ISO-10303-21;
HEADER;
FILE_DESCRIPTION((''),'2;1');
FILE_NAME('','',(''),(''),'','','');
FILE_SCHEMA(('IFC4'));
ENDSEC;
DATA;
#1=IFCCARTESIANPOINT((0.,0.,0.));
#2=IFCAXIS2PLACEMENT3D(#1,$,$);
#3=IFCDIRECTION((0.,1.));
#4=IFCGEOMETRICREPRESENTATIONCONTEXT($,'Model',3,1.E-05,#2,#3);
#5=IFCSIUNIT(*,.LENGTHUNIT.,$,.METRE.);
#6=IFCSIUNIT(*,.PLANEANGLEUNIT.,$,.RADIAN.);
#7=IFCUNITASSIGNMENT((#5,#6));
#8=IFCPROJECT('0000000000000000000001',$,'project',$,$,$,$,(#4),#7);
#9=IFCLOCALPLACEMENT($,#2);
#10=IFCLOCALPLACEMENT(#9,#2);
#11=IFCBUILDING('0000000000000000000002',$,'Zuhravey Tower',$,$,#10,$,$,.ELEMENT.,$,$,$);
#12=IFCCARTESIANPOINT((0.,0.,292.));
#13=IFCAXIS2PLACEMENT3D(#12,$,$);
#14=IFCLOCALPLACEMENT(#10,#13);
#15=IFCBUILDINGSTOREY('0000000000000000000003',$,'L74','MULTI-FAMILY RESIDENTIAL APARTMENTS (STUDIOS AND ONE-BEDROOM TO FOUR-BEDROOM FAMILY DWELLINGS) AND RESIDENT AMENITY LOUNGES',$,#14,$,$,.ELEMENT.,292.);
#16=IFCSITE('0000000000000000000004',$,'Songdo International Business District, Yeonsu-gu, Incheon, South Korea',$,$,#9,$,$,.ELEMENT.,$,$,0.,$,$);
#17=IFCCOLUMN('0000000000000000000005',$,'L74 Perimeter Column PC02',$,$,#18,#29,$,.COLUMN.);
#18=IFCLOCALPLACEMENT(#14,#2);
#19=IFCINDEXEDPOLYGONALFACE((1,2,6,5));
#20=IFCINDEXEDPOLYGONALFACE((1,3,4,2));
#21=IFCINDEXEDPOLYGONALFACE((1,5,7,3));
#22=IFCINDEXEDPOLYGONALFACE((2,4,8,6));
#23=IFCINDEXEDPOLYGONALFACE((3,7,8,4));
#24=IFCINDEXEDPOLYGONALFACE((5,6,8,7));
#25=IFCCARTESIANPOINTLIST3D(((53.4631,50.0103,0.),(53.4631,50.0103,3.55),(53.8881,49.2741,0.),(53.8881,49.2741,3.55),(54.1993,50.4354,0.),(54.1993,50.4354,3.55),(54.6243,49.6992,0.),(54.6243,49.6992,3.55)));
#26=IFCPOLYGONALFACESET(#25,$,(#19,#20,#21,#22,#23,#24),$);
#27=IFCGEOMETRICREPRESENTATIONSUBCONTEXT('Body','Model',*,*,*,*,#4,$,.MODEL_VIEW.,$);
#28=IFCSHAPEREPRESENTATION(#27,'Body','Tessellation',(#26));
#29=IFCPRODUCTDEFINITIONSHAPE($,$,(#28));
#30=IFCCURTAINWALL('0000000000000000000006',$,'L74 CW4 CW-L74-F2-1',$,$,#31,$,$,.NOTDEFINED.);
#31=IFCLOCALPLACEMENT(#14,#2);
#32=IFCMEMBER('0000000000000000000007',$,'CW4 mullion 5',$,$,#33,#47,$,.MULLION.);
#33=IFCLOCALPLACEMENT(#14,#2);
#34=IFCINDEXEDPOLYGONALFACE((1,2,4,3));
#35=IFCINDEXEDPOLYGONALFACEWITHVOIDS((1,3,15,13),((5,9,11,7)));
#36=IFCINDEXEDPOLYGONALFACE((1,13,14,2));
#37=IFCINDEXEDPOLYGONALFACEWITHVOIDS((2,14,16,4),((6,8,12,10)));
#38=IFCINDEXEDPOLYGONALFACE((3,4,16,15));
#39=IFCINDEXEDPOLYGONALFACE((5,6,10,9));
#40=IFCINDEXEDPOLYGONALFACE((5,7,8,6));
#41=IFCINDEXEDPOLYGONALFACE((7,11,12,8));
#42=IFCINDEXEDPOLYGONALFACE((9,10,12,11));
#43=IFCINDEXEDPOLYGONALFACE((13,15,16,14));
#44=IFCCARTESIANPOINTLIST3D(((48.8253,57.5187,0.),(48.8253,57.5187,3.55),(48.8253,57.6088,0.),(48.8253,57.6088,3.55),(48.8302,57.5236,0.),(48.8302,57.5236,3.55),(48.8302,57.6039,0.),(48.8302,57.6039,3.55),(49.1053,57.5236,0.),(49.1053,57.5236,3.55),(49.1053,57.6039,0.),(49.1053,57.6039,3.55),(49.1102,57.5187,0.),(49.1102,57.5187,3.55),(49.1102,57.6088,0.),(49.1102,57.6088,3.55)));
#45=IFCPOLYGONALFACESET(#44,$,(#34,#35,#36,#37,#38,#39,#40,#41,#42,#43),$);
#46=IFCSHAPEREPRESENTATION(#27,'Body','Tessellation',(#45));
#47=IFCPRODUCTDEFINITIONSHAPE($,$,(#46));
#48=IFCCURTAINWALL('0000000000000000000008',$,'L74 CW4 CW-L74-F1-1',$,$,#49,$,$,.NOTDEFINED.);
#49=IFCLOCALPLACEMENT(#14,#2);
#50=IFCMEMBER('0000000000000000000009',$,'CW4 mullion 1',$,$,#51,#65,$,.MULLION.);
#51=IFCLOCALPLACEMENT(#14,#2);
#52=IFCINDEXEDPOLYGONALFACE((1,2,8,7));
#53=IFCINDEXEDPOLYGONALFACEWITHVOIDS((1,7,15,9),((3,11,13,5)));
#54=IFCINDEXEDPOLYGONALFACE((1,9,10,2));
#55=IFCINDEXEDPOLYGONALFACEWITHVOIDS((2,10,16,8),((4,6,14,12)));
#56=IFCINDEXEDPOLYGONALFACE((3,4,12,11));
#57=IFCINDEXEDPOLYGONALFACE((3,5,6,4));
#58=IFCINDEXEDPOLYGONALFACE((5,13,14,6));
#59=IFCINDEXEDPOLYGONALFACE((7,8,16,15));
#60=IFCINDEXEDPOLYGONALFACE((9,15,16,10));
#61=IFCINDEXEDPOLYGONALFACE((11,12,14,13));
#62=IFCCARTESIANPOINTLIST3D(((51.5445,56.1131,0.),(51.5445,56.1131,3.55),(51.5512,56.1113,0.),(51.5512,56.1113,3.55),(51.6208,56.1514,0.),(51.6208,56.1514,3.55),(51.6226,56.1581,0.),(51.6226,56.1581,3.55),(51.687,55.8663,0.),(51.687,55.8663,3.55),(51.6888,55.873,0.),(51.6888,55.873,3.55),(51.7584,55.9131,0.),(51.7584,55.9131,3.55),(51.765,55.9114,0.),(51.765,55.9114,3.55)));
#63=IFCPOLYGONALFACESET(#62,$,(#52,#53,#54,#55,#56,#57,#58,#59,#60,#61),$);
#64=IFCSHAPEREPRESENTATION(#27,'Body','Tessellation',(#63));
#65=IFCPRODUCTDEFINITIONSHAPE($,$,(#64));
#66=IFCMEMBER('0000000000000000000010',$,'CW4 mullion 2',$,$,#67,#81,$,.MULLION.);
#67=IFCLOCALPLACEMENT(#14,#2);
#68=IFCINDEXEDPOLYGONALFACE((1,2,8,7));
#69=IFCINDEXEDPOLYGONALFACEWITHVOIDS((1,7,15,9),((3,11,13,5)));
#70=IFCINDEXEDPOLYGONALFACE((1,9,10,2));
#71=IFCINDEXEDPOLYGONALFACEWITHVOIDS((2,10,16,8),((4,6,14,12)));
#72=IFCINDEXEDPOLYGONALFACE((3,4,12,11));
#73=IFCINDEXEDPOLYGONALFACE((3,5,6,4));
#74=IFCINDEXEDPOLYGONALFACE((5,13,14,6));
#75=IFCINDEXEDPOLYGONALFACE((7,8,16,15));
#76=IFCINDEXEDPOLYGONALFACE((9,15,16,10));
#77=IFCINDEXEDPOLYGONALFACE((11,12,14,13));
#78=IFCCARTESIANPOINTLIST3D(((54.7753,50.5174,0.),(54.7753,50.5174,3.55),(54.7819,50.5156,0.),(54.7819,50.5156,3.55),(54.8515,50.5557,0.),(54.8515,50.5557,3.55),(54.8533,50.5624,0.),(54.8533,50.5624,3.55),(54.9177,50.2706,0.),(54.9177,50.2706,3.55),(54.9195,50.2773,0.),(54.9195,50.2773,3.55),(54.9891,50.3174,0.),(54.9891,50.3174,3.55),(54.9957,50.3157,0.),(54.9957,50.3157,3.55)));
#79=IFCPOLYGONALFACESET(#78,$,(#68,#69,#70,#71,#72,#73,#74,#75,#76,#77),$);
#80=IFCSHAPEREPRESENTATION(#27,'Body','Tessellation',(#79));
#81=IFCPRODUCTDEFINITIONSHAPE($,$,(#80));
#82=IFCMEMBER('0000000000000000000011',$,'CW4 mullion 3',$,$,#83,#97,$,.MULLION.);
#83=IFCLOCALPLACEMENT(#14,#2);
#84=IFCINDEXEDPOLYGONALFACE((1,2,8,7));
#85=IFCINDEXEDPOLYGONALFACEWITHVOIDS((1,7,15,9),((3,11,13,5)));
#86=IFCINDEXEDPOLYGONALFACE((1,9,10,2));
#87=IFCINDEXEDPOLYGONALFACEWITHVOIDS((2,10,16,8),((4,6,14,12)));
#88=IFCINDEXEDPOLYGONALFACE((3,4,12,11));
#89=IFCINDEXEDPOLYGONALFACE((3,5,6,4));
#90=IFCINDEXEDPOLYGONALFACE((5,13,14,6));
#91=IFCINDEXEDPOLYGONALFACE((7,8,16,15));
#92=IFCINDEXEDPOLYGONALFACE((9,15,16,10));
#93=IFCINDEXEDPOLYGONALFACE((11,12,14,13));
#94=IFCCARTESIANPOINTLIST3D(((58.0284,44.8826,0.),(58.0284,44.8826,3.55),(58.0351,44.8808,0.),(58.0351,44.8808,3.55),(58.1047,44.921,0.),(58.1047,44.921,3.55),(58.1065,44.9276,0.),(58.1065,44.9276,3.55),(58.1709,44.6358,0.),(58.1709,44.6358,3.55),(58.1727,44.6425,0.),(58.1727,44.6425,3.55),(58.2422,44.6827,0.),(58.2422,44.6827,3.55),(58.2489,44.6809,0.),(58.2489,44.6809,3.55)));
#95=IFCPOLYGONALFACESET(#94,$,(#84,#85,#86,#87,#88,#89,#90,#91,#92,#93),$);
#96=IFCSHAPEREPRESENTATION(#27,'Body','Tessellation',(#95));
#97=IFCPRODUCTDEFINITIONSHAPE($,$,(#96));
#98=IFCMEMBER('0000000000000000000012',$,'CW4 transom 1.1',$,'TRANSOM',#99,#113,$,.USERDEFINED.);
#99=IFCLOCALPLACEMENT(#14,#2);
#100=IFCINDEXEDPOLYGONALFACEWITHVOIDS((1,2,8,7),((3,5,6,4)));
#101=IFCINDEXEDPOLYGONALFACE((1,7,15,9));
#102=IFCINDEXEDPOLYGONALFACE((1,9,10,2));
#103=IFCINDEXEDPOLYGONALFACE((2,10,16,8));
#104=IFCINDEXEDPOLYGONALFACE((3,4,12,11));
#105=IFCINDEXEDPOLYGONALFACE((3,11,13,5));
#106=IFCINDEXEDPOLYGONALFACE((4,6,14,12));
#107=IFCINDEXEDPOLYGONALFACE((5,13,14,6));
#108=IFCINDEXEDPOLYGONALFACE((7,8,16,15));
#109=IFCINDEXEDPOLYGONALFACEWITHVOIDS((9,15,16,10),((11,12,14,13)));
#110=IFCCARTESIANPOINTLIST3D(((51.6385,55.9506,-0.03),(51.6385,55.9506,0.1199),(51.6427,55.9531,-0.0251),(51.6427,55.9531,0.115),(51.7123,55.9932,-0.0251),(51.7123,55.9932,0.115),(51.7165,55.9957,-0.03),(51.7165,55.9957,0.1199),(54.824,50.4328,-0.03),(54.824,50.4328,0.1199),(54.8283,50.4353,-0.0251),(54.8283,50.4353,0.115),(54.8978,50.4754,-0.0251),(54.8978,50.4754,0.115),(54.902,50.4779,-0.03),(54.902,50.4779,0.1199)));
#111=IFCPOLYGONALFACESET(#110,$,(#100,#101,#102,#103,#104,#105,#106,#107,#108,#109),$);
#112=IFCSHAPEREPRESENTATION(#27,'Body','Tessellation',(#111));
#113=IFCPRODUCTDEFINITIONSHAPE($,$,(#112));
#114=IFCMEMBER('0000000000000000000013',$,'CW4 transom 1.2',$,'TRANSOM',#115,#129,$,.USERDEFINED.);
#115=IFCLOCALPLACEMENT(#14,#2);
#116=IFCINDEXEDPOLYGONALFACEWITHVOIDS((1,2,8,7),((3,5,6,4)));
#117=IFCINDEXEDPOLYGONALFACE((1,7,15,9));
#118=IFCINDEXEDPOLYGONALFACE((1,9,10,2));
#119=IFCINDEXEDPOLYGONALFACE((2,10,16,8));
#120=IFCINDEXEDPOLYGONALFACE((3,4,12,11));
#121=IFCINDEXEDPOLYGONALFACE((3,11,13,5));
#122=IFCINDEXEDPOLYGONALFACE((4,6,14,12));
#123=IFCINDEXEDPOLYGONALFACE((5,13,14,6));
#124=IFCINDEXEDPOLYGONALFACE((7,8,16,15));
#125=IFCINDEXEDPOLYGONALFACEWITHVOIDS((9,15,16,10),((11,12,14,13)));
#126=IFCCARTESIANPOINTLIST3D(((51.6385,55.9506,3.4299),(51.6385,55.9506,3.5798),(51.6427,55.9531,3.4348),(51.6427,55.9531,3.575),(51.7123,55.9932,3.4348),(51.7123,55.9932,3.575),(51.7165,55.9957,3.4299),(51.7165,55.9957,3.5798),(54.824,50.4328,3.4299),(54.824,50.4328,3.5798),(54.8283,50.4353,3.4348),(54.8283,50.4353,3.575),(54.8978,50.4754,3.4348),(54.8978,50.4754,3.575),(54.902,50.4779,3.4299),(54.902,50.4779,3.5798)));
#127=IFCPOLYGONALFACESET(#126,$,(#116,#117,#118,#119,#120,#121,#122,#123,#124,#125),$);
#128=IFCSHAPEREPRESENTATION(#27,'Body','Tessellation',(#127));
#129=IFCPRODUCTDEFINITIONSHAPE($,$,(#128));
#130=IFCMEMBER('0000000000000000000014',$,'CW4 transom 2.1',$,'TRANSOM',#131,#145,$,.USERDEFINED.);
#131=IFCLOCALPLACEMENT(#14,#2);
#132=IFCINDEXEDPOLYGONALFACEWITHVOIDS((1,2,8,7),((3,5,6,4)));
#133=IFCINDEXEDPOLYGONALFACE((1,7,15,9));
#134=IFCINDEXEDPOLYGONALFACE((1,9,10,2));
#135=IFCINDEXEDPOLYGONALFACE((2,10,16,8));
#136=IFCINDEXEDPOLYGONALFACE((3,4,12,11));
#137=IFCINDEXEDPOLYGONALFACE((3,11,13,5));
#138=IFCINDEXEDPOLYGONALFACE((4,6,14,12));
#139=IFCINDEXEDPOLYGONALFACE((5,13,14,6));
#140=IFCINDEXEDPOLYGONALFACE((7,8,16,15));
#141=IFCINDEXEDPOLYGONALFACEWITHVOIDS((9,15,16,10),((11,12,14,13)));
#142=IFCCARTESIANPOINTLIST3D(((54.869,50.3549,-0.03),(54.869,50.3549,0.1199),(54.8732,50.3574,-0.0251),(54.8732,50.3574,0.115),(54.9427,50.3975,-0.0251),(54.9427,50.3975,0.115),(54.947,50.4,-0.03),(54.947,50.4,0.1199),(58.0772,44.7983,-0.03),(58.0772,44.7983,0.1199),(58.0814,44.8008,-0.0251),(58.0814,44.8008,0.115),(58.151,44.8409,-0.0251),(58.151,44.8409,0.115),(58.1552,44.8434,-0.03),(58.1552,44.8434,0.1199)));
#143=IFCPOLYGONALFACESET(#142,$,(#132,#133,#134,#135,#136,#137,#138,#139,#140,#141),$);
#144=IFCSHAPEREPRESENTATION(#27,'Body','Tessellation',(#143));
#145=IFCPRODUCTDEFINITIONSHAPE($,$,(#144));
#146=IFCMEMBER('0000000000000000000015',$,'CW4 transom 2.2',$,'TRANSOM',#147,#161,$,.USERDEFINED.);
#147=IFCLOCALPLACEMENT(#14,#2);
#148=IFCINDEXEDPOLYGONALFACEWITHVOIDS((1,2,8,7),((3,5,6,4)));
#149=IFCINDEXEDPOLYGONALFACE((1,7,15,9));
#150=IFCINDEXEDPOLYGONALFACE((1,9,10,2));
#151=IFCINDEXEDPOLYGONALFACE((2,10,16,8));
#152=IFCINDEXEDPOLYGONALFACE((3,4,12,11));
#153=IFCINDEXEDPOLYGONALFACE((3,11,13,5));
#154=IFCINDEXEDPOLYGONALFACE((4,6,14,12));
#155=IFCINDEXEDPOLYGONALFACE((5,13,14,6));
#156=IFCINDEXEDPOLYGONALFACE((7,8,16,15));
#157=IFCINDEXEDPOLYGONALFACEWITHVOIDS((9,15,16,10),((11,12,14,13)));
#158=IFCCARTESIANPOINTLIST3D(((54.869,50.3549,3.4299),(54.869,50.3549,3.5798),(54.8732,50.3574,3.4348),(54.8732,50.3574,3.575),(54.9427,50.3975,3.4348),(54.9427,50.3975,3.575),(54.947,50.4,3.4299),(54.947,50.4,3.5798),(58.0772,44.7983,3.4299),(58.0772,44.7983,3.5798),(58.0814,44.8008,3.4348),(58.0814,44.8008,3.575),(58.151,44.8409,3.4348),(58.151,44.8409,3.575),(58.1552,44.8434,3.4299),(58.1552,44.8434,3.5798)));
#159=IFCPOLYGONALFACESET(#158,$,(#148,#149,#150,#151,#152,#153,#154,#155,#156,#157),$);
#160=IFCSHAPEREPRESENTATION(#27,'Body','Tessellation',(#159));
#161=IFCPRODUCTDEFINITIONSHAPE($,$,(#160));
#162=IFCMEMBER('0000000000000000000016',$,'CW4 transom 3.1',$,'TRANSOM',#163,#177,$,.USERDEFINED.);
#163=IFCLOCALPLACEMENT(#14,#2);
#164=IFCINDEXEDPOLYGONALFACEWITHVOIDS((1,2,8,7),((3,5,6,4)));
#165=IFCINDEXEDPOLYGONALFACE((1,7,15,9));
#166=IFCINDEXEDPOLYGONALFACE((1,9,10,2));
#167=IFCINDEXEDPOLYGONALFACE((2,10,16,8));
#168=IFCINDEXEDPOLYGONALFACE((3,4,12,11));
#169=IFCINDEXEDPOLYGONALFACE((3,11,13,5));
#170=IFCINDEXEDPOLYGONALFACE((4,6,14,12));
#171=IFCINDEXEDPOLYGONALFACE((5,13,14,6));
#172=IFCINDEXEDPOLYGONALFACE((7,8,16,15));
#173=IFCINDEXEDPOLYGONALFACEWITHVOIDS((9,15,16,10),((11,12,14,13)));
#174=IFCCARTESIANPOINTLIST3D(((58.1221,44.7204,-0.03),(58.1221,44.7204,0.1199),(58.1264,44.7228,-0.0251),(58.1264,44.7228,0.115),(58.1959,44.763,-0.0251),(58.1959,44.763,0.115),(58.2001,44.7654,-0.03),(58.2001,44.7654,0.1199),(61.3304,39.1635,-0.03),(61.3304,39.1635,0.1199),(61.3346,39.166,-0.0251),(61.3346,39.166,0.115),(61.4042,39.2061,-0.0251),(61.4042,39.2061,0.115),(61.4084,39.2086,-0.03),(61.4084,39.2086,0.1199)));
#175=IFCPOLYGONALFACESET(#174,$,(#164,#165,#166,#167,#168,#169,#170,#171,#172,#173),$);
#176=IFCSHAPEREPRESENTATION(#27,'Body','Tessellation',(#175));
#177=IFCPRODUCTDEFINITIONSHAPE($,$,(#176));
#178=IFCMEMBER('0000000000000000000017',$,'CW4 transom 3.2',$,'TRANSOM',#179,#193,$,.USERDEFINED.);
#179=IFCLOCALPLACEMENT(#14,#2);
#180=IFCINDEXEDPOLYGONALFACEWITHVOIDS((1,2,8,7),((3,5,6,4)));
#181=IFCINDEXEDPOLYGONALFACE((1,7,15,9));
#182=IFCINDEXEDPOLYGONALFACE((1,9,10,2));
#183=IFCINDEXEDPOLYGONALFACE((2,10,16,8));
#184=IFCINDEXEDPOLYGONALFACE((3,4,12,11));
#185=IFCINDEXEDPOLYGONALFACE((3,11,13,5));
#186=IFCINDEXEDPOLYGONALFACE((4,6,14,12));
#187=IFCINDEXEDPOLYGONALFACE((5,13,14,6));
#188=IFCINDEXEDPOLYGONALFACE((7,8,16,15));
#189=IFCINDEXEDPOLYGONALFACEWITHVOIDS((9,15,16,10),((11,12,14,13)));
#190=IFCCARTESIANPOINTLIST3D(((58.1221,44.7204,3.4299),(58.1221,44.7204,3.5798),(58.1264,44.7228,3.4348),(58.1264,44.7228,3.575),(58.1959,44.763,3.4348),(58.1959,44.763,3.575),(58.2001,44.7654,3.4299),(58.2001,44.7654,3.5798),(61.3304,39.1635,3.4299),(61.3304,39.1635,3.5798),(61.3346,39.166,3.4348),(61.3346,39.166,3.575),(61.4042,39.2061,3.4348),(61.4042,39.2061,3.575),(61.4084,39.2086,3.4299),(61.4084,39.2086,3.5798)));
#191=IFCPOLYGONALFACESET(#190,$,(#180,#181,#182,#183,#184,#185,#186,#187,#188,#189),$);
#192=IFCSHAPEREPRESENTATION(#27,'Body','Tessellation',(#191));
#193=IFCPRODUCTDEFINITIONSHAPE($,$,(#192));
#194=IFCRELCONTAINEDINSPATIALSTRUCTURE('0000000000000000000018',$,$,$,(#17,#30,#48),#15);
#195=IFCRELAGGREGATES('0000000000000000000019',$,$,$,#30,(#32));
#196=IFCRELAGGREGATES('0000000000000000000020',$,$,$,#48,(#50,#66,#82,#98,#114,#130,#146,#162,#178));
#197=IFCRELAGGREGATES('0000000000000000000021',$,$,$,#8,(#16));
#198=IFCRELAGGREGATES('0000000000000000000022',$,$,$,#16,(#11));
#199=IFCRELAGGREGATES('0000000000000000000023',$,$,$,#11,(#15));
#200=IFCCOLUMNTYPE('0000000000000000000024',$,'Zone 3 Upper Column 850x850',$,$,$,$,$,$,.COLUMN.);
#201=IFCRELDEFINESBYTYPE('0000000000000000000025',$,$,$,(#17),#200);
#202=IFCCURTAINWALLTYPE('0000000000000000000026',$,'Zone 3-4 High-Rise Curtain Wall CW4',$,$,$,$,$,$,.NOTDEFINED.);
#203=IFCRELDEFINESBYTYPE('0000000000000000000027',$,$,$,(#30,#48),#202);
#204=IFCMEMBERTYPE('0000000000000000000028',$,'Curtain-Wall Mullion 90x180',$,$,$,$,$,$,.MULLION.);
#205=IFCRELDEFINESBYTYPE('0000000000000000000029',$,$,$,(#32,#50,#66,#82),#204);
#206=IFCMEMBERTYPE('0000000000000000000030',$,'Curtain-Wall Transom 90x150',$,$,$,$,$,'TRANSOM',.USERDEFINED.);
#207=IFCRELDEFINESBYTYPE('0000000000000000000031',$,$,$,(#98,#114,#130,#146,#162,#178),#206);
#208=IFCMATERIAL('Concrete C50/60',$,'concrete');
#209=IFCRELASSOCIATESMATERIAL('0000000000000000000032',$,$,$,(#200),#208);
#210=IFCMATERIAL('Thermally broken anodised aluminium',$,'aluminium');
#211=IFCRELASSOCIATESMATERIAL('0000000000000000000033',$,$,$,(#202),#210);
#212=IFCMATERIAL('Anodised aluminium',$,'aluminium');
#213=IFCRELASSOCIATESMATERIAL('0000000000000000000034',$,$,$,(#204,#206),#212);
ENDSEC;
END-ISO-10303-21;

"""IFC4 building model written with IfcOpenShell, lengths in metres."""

from ifc_helpers import new_model, si_unit, direction, frame, origin, origin_2d, place, context, subcontext, project, spatial, rectangle, hollow_rectangle, extrude, material, material_profile, profile_set, type_object, element, aggregate, save


model = new_model("IFC4")

# Units and contexts
model_context = context("Model", 3, precision=1e-05, world=origin(), true_north=direction((0.0, 1.0)))
body_context = subcontext(model_context, "Body", "Model", "MODEL_VIEW")
ifc_project = project(units=[si_unit("LENGTHUNIT", "METRE"), si_unit("PLANEANGLEUNIT", "RADIAN")], contexts=[model_context])

# Site, building, storey
site_placement = place(None, origin())
site = spatial("IfcSite", under=ifc_project, at=site_placement, Name="Songdo International Business District, Yeonsu-gu, Incheon, South Korea", CompositionType="ELEMENT", RefElevation=0.0)
building_placement = place(site_placement, origin())
building = spatial("IfcBuilding", under=site, at=building_placement, Name="Zuhravey Tower", CompositionType="ELEMENT")
storey_placement = place(building_placement, frame((0.0, 0.0, 292.0)))
storey = spatial("IfcBuildingStorey", under=building, at=storey_placement, Name="L74", Description="MULTI-FAMILY RESIDENTIAL APARTMENTS (STUDIOS AND ONE-BEDROOM TO FOUR-BEDROOM FAMILY DWELLINGS) AND RESIDENT AMENITY LOUNGES", CompositionType="ELEMENT", Elevation=292.0)

# Column
ifc_material_1 = material(Name="Concrete C50/60", Category="concrete")
ifc_material_profile_1 = material_profile(ifc_material_1, rectangle(XDim=0.8501, YDim=0.8501, at=origin_2d()), Name="RC-850x850")
ifc_profile_set_1 = profile_set([ifc_material_profile_1], Name="Concrete C50/60")
column_type = type_object("IfcColumnType", Name="Zone 3 Upper Column 850x850", PredefinedType="COLUMN", material=ifc_profile_set_1)
column_placement = place(storey_placement, frame((54.0437, 49.8547, 0.0), z_axis=(0.0, 0.0, 1.0), x_axis=(-0.5, 0.866025, 0.0)))
element("IfcColumn", 1, at=column_placement, inside=storey, type_object=column_type, Name="L74 Perimeter Column PC02", PredefinedType="COLUMN", context=body_context, shape_type="SweptSolid", body=[
    extrude(rectangle(XDim=0.8501, YDim=0.8501, at=origin_2d()), origin(), (0.0, 0.0, 1.0), 3.55),
])

# Curtain wall, member
ifc_material_2 = material(Name="Thermally broken anodised aluminium", Category="aluminium")
curtain_wall_type = type_object("IfcCurtainWallType", Name="Zone 3-4 High-Rise Curtain Wall CW4", PredefinedType="NOTDEFINED", material=ifc_material_2)
curtain_wall_1_placement = place(storey_placement, origin())
curtain_wall_1 = element("IfcCurtainWall", 2, at=curtain_wall_1_placement, inside=storey, type_object=curtain_wall_type, Name="L74 CW4 CW-L74-F2-1", PredefinedType="NOTDEFINED")
ifc_material_3 = material(Name="Anodised aluminium", Category="aluminium")
ifc_material_profile_2 = material_profile(ifc_material_3, hollow_rectangle(XDim=0.0901, YDim=0.2849, WallThickness=0.0049, at=origin_2d()), Name="ALU-RHS-90x285x5")
ifc_profile_set_2 = profile_set([ifc_material_profile_2], Name="Anodised aluminium")
member_type_1 = type_object("IfcMemberType", Name="Curtain-Wall Mullion 90x180", PredefinedType="MULLION", material=ifc_profile_set_2)
member_1_placement = place(storey_placement, frame((48.9678, 57.5637, 0.0), z_axis=(0.0, 0.0, 1.0), x_axis=(0.0, 1.0, 0.0)))
member_1 = element("IfcMember", 3, at=member_1_placement, type_object=member_type_1, Name="CW4 mullion 5", PredefinedType="MULLION", context=body_context, shape_type="SweptSolid", body=[
    extrude(hollow_rectangle(XDim=0.0901, YDim=0.2849, WallThickness=0.0049, at=origin_2d()), origin(), (0.0, 0.0, 1.0), 3.55),
])
aggregate(curtain_wall_1, [member_1])

# Curtain wall, members
curtain_wall_2_placement = place(storey_placement, origin())
curtain_wall_2 = element("IfcCurtainWall", 4, at=curtain_wall_2_placement, inside=storey, type_object=curtain_wall_type, Name="L74 CW4 CW-L74-F1-1", PredefinedType="NOTDEFINED")
member_2_placement = place(storey_placement, frame((51.6548, 56.0122, 0.0), z_axis=(0.0, 0.0, 1.0), x_axis=(0.866025, 0.500001, 0.0)))
member_2 = element("IfcMember", 5, at=member_2_placement, type_object=member_type_1, Name="CW4 mullion 1", PredefinedType="MULLION", context=body_context, shape_type="SweptSolid", body=[
    extrude(hollow_rectangle(XDim=0.0901, YDim=0.2849, WallThickness=0.0049, at=origin_2d()), origin(), (0.0, 0.0, 1.0), 3.55),
])
member_3_placement = place(storey_placement, frame((54.8855, 50.4165, 0.0), z_axis=(0.0, 0.0, 1.0), x_axis=(0.866025, 0.500001, 0.0)))
member_3 = element("IfcMember", 6, at=member_3_placement, type_object=member_type_1, Name="CW4 mullion 2", PredefinedType="MULLION", context=body_context, shape_type="SweptSolid", body=[
    extrude(hollow_rectangle(XDim=0.0901, YDim=0.2849, WallThickness=0.0049, at=origin_2d()), origin(), (0.0, 0.0, 1.0), 3.55),
])
member_4_placement = place(storey_placement, frame((58.1387, 44.7817, 0.0), z_axis=(0.0, 0.0, 1.0), x_axis=(0.866025, 0.500001, 0.0)))
member_4 = element("IfcMember", 7, at=member_4_placement, type_object=member_type_1, Name="CW4 mullion 3", PredefinedType="MULLION", context=body_context, shape_type="SweptSolid", body=[
    extrude(hollow_rectangle(XDim=0.0901, YDim=0.2849, WallThickness=0.0049, at=origin_2d()), origin(), (0.0, 0.0, 1.0), 3.55),
])
ifc_material_profile_3 = material_profile(ifc_material_3, hollow_rectangle(XDim=0.0901, YDim=0.1499, WallThickness=0.0049, at=origin_2d()), Name="ALU-RHS-90x150x5")
ifc_profile_set_3 = profile_set([ifc_material_profile_3], Name="Anodised aluminium")
member_type_2 = type_object("IfcMemberType", Name="Curtain-Wall Transom 90x150", ElementType="TRANSOM", PredefinedType="USERDEFINED", material=ifc_profile_set_3)
member_5_placement = place(storey_placement, frame((51.6775, 55.9731, 0.0449), z_axis=(0.49998, -0.866037, 0.0), x_axis=(0.866037, 0.49998, 0.0)))
member_5 = element("IfcMember", 8, at=member_5_placement, type_object=member_type_2, Name="CW4 transom 1.1", ObjectType="TRANSOM", PredefinedType="USERDEFINED", context=body_context, shape_type="SweptSolid", body=[
    extrude(hollow_rectangle(XDim=0.0901, YDim=0.1499, WallThickness=0.0049, at=origin_2d()), origin(), (0.0, 0.0, 1.0), 6.3713),
])
member_6_placement = place(storey_placement, frame((51.6775, 55.9731, 3.5049), z_axis=(0.49998, -0.866037, 0.0), x_axis=(0.866037, 0.49998, 0.0)))
member_6 = element("IfcMember", 9, at=member_6_placement, type_object=member_type_2, Name="CW4 transom 1.2", ObjectType="TRANSOM", PredefinedType="USERDEFINED", context=body_context, shape_type="SweptSolid", body=[
    extrude(hollow_rectangle(XDim=0.0901, YDim=0.1499, WallThickness=0.0049, at=origin_2d()), origin(), (0.0, 0.0, 1.0), 6.3713),
])
member_7_placement = place(storey_placement, frame((54.908, 50.3774, 0.0449), z_axis=(0.500014, -0.866017, 0.0), x_axis=(0.866017, 0.500014, 0.0)))
member_7 = element("IfcMember", 10, at=member_7_placement, type_object=member_type_2, Name="CW4 transom 2.1", ObjectType="TRANSOM", PredefinedType="USERDEFINED", context=body_context, shape_type="SweptSolid", body=[
    extrude(hollow_rectangle(XDim=0.0901, YDim=0.1499, WallThickness=0.0049, at=origin_2d()), origin(), (0.0, 0.0, 1.0), 6.4163),
])
member_8_placement = place(storey_placement, frame((54.908, 50.3774, 3.5049), z_axis=(0.500014, -0.866017, 0.0), x_axis=(0.866017, 0.500014, 0.0)))
member_8 = element("IfcMember", 11, at=member_8_placement, type_object=member_type_2, Name="CW4 transom 2.2", ObjectType="TRANSOM", PredefinedType="USERDEFINED", context=body_context, shape_type="SweptSolid", body=[
    extrude(hollow_rectangle(XDim=0.0901, YDim=0.1499, WallThickness=0.0049, at=origin_2d()), origin(), (0.0, 0.0, 1.0), 6.4163),
])
member_9_placement = place(storey_placement, frame((58.1611, 44.7429, 0.0449), z_axis=(0.499998, -0.866027, 0.0), x_axis=(0.866027, 0.499998, 0.0)))
member_9 = element("IfcMember", 12, at=member_9_placement, type_object=member_type_2, Name="CW4 transom 3.1", ObjectType="TRANSOM", PredefinedType="USERDEFINED", context=body_context, shape_type="SweptSolid", body=[
    extrude(hollow_rectangle(XDim=0.0901, YDim=0.1499, WallThickness=0.0049, at=origin_2d()), origin(), (0.0, 0.0, 1.0), 6.4165),
])
member_10_placement = place(storey_placement, frame((58.1611, 44.7429, 3.5049), z_axis=(0.499998, -0.866027, 0.0), x_axis=(0.866027, 0.499998, 0.0)))
member_10 = element("IfcMember", 13, at=member_10_placement, type_object=member_type_2, Name="CW4 transom 3.2", ObjectType="TRANSOM", PredefinedType="USERDEFINED", context=body_context, shape_type="SweptSolid", body=[
    extrude(hollow_rectangle(XDim=0.0901, YDim=0.1499, WallThickness=0.0049, at=origin_2d()), origin(), (0.0, 0.0, 1.0), 6.4165),
])

aggregate(curtain_wall_2, [member_2, member_3, member_4, member_5, member_6, member_7, member_8, member_9, member_10])

save(model, "model.ifc")
